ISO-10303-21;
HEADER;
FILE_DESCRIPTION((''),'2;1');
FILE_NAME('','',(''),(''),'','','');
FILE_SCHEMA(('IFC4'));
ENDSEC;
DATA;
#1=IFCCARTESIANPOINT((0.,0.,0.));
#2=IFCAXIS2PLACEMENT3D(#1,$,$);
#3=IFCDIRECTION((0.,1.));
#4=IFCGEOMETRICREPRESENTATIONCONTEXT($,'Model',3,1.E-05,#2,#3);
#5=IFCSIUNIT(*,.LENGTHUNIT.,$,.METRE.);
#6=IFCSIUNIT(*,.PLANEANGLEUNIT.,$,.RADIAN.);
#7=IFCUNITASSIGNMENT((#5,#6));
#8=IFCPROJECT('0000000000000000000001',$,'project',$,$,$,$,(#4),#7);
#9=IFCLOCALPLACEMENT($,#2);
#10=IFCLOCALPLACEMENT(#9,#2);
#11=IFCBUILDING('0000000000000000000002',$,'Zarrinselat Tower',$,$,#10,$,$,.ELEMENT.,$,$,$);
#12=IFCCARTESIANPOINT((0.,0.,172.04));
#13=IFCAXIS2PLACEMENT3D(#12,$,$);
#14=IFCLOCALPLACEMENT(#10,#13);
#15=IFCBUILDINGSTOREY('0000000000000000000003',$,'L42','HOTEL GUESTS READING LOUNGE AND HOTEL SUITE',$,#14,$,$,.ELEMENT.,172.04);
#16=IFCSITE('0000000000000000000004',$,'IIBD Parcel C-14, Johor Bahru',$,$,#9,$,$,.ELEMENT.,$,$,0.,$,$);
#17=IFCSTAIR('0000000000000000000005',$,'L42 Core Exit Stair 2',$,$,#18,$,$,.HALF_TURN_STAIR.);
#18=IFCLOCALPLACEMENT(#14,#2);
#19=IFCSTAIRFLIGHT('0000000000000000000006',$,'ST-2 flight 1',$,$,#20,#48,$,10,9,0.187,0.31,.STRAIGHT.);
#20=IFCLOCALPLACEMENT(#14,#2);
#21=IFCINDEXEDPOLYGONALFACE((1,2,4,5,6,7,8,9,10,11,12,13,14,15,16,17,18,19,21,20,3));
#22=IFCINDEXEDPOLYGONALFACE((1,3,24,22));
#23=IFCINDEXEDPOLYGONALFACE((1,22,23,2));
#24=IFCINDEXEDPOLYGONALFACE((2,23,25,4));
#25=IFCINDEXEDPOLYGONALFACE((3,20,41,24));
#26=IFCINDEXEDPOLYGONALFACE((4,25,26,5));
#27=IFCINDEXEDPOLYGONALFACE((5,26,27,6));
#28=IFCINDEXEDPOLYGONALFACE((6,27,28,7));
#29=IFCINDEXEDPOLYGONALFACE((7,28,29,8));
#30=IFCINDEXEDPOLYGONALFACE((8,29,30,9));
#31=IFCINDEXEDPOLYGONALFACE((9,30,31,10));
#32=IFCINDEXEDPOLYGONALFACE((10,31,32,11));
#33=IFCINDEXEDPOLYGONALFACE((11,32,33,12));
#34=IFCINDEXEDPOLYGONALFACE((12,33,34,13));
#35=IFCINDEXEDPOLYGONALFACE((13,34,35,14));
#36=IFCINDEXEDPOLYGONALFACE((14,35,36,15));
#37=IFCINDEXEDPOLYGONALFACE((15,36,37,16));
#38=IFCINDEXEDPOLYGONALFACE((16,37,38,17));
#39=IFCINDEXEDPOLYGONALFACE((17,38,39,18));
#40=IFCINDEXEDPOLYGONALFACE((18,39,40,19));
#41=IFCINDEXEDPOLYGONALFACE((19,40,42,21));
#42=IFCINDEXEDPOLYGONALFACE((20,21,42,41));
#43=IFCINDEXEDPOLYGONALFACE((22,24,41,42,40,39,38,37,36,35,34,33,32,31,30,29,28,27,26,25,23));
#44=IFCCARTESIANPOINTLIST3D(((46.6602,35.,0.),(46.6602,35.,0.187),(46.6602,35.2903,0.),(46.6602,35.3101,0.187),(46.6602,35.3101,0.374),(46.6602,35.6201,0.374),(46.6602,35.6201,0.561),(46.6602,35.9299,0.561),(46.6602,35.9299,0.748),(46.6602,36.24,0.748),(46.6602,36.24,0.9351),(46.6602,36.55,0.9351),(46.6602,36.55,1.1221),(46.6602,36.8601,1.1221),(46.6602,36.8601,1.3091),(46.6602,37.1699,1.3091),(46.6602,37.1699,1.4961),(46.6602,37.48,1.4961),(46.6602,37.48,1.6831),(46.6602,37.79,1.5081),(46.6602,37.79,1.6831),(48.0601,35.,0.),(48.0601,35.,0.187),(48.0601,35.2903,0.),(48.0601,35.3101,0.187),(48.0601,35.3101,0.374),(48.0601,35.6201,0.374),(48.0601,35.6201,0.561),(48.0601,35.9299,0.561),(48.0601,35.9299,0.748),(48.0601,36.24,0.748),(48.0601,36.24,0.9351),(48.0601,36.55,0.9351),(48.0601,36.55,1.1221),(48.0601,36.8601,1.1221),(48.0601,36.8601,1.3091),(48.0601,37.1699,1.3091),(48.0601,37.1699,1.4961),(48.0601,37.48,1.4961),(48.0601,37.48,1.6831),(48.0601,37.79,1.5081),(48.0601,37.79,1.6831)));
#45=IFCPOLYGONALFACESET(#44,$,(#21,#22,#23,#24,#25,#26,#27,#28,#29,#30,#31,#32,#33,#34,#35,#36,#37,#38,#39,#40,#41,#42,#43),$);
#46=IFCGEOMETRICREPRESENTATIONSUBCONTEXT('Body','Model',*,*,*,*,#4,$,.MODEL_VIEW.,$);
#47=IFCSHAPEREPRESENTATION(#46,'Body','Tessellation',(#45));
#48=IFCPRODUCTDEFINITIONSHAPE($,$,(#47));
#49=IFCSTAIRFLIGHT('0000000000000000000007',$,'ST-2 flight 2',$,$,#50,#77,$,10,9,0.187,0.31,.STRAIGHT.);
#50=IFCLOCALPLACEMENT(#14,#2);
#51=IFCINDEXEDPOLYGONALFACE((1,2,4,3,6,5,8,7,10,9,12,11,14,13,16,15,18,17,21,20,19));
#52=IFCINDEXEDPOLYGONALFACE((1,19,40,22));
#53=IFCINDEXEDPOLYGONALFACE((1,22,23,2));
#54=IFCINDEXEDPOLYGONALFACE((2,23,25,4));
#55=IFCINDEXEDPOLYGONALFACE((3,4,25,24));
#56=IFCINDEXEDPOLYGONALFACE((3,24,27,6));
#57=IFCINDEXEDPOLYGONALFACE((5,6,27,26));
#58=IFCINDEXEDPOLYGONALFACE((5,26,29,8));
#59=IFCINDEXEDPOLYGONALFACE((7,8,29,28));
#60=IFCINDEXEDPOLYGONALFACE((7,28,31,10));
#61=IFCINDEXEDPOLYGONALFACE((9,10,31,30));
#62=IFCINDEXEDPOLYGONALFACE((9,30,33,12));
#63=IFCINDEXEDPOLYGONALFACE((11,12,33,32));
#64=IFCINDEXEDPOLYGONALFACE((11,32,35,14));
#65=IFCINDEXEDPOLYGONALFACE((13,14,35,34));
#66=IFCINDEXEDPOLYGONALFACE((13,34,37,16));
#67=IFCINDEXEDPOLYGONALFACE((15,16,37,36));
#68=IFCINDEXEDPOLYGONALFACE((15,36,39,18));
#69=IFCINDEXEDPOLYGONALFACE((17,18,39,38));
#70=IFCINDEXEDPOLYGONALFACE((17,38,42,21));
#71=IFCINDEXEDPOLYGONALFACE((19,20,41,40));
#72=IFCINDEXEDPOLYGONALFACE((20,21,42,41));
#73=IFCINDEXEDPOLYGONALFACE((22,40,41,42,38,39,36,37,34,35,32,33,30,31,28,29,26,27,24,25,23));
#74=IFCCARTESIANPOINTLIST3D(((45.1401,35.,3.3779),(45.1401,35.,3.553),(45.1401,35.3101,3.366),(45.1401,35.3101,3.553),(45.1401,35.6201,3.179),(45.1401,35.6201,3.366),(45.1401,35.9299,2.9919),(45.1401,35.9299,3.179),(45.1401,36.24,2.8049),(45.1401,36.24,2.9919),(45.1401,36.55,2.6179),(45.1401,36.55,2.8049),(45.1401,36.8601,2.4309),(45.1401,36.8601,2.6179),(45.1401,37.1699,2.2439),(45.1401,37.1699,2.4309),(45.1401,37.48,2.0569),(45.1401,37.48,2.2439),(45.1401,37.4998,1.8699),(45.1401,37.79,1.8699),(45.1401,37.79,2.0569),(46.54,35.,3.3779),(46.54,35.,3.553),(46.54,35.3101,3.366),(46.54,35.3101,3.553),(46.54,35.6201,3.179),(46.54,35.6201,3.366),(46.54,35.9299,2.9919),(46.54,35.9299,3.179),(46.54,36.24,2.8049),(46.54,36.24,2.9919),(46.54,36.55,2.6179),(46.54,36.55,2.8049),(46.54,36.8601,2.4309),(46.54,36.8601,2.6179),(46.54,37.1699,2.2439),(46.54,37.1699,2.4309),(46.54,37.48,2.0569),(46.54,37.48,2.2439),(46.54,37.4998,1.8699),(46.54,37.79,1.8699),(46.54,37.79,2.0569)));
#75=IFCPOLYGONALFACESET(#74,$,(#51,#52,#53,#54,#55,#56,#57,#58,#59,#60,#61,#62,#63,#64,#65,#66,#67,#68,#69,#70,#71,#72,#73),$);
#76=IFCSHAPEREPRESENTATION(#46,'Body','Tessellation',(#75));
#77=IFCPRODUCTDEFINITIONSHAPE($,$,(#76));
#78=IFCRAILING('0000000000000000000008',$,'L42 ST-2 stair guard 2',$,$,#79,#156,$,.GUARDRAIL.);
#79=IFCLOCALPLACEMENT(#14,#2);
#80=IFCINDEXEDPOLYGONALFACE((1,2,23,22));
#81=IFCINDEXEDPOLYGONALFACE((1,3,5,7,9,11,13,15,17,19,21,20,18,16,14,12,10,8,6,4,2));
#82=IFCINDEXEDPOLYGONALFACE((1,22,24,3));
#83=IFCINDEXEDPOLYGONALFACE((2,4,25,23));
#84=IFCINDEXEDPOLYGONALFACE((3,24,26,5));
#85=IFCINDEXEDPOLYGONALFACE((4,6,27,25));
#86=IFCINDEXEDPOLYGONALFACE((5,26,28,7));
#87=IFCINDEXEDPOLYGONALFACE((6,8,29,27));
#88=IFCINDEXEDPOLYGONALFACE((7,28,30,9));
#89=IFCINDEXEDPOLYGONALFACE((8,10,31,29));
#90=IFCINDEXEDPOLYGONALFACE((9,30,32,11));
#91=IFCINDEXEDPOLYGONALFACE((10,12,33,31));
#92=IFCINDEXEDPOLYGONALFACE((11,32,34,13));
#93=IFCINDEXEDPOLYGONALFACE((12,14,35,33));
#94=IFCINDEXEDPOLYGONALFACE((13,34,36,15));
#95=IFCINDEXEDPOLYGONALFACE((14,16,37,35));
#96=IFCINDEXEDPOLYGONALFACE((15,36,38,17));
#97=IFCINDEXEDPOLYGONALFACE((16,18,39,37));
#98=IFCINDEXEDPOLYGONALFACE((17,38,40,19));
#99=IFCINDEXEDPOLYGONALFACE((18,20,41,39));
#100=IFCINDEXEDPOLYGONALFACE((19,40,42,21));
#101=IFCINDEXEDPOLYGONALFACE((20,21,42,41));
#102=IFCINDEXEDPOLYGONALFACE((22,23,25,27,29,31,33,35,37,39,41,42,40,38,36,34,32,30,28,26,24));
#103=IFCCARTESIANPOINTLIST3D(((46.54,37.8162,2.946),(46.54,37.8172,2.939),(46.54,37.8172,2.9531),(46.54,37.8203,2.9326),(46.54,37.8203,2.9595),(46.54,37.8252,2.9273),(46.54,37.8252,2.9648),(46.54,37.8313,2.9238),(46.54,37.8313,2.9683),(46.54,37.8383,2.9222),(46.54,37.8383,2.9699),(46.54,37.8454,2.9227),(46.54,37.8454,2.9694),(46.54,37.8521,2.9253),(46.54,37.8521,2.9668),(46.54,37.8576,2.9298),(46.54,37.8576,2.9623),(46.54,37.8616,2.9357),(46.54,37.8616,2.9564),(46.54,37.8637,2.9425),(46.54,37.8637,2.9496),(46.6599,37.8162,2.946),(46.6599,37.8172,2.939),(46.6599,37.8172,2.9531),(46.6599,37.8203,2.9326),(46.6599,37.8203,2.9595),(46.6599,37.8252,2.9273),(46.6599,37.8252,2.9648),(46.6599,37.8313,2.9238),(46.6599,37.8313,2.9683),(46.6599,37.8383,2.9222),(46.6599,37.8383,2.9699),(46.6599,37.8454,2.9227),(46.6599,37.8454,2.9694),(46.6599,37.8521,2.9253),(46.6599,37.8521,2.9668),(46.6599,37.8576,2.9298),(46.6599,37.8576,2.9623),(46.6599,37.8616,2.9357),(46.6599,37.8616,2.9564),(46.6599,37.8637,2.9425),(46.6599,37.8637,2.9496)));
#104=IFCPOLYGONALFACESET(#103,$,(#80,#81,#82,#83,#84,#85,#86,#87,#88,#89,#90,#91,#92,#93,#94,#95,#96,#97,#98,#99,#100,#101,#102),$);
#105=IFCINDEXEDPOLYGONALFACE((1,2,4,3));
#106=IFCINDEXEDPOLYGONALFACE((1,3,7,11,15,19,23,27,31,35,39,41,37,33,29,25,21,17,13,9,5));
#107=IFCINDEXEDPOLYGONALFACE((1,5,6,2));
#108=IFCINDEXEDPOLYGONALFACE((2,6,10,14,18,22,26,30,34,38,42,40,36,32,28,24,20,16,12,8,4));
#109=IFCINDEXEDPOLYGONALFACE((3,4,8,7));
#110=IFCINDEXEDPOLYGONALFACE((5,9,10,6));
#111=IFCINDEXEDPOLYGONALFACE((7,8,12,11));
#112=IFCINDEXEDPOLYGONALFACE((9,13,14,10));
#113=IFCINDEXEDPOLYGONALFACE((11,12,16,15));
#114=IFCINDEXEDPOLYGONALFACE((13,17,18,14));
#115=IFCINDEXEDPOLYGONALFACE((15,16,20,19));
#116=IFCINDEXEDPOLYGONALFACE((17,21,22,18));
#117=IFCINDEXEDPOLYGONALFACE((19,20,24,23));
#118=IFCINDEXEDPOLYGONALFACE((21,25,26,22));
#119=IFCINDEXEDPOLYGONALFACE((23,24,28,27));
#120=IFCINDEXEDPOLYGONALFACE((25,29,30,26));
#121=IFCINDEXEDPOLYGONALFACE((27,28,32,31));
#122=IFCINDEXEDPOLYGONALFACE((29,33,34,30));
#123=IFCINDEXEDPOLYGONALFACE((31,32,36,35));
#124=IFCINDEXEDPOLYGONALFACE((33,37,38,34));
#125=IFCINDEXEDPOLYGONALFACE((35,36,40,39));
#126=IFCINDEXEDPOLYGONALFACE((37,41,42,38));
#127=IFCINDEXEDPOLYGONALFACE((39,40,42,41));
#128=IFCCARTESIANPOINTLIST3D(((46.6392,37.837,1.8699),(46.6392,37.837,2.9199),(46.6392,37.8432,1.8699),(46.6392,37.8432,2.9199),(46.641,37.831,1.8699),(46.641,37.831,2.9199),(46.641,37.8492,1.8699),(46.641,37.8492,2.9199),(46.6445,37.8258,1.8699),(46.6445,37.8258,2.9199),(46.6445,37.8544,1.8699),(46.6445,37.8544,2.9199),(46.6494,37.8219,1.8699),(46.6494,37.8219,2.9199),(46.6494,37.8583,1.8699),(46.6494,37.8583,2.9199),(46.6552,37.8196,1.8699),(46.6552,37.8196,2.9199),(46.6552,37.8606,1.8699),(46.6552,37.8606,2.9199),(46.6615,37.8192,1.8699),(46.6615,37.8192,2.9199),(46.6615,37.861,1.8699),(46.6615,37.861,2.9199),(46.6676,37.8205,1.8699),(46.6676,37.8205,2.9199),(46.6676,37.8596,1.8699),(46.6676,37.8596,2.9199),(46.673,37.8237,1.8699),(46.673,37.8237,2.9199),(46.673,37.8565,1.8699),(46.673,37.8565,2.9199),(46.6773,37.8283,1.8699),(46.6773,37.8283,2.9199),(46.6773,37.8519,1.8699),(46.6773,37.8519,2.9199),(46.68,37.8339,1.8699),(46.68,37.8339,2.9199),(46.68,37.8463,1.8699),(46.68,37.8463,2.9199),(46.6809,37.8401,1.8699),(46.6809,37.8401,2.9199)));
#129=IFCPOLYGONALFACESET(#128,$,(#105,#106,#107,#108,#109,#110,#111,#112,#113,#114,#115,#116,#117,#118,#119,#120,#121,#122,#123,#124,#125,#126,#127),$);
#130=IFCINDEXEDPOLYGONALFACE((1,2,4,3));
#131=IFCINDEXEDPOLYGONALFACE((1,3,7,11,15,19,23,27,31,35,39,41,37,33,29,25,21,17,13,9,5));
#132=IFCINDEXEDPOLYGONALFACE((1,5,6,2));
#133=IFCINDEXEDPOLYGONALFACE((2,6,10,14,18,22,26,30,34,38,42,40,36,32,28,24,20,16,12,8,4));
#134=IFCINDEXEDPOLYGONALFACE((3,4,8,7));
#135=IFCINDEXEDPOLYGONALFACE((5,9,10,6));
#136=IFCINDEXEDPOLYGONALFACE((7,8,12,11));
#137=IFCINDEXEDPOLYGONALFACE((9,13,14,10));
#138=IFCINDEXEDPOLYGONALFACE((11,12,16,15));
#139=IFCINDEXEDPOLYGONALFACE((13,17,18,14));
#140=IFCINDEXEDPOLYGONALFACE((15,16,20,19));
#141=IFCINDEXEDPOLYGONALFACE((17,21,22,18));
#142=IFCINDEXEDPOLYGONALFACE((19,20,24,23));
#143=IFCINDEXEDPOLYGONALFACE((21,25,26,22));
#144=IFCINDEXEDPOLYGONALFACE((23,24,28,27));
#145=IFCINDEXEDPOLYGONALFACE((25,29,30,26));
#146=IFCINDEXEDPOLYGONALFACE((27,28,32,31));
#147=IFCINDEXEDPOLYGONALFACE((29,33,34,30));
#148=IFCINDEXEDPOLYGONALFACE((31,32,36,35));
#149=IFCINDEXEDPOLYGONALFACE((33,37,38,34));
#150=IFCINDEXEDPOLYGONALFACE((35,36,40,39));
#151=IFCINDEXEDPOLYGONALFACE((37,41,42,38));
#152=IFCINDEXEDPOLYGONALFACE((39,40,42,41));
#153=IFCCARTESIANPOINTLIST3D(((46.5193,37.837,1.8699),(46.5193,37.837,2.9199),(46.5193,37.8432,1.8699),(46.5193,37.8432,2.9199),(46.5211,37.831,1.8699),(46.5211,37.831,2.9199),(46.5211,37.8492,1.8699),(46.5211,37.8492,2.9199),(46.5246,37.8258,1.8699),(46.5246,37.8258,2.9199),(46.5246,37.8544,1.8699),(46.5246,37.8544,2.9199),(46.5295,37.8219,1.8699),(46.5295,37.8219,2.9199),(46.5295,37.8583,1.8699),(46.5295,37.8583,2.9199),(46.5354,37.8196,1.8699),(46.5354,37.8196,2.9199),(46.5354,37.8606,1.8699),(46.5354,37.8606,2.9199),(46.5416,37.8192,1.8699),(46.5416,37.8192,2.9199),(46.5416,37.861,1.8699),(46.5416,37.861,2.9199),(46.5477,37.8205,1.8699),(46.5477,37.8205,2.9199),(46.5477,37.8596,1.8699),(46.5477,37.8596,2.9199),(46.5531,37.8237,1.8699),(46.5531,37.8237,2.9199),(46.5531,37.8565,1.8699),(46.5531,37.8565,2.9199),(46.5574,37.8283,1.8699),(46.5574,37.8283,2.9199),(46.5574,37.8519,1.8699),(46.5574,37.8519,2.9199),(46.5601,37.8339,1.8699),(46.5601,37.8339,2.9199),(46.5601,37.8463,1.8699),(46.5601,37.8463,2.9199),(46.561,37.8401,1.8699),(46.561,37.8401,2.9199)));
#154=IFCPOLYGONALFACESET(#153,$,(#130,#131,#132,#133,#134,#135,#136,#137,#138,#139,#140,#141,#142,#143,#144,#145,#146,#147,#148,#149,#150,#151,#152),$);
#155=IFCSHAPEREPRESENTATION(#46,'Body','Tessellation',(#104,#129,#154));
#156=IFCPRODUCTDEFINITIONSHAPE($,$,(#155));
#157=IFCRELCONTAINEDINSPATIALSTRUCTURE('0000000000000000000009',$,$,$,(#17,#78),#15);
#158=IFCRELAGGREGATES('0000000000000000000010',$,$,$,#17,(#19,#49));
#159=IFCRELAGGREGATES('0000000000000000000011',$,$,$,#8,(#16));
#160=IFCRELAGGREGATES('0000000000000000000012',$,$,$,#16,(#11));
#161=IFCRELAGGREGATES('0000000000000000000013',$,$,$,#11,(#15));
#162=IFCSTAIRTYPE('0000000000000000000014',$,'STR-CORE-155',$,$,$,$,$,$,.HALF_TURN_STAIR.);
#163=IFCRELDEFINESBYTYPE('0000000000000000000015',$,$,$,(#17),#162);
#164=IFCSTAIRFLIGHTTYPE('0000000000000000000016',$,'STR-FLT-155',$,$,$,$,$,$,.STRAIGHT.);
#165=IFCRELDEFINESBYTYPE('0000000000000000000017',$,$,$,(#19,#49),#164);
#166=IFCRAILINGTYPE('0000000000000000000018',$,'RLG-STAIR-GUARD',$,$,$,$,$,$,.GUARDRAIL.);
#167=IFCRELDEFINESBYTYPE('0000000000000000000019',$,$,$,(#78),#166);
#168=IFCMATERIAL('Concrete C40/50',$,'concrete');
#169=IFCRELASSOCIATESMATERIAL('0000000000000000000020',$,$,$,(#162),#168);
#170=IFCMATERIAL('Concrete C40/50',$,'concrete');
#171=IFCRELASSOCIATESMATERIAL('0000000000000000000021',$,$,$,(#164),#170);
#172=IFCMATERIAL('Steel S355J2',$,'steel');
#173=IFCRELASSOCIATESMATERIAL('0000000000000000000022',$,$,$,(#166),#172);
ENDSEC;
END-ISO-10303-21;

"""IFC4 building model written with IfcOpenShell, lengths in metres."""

from ifc_helpers import new_model, si_unit, direction, frame, origin, origin_2d, place, context, subcontext, project, spatial, polyline, circle, outline, extrude, material, type_object, element, aggregate, save


model = new_model("IFC4")

# Units and contexts
model_context = context("Model", 3, precision=1e-05, world=origin(), true_north=direction((0.0, 1.0)))
body_context = subcontext(model_context, "Body", "Model", "MODEL_VIEW")
ifc_project = project(units=[si_unit("LENGTHUNIT", "METRE"), si_unit("PLANEANGLEUNIT", "RADIAN")], contexts=[model_context])

# Site, building, storey
site_placement = place(None, origin())
site = spatial("IfcSite", under=ifc_project, at=site_placement, Name="IIBD Parcel C-14, Johor Bahru", CompositionType="ELEMENT", RefElevation=0.0)
building_placement = place(site_placement, origin())
building = spatial("IfcBuilding", under=site, at=building_placement, Name="Zarrinselat Tower", CompositionType="ELEMENT")
storey_placement = place(building_placement, frame((0.0, 0.0, 172.04)))
storey = spatial("IfcBuildingStorey", under=building, at=storey_placement, Name="L42", Description="HOTEL GUESTS READING LOUNGE AND HOTEL SUITE", CompositionType="ELEMENT", Elevation=172.04)

# Stair, stair flights
ifc_material_1 = material(Name="Concrete C40/50", Category="concrete")
stair_type = type_object("IfcStairType", Name="STR-CORE-155", PredefinedType="HALF_TURN_STAIR", material=ifc_material_1)
stair_placement = place(storey_placement, origin())
stair = element("IfcStair", 1, at=stair_placement, inside=storey, type_object=stair_type, Name="L42 Core Exit Stair 2", PredefinedType="HALF_TURN_STAIR")
ifc_material_2 = material(Name="Concrete C40/50", Category="concrete")
stair_flight_type = type_object("IfcStairFlightType", Name="STR-FLT-155", PredefinedType="STRAIGHT", material=ifc_material_2)
stair_flight_1_placement = place(storey_placement, frame((47.3601, 35.0, 0.0), z_axis=(0.0, 0.0, 1.0), x_axis=(0.0, 1.0, 0.0)))
stair_flight_1 = element("IfcStairFlight", 2, at=stair_flight_1_placement, type_object=stair_flight_type, Name="ST-2 flight 1", NumberOfRisers=10, NumberOfTreads=9, PredefinedType="STRAIGHT", RiserHeight=0.187, TreadLength=0.31, context=body_context, shape_type="SweptSolid", body=[
    extrude(outline(polyline([(0.0, 0.0), (0.0, 0.187), (0.3101, 0.187), (0.3101, 0.374), (0.6201, 0.374), (0.6201, 0.561), (0.9299, 0.561), (0.9299, 0.748), (1.24, 0.748), (1.24, 0.9351), (1.55, 0.9351), (1.55, 1.1221), (1.8601, 1.1221), (1.8601, 1.3091), (2.1699, 1.3091), (2.1699, 1.4961), (2.48, 1.4961), (2.48, 1.6831), (2.79, 1.6831), (2.79, 1.8701), (2.79, 1.5081), (0.2903, 0.0), (0.0, 0.0)])), frame((0.0, 0.7, 0.0), z_axis=(0.0, -1.0, 0.0), x_axis=(1.0, 0.0, 0.0)), (0.0, 0.0, 1.0), 1.3999),
])
stair_flight_2_placement = place(storey_placement, frame((45.8401, 37.79, 1.8699), z_axis=(0.0, 0.0, 1.0), x_axis=(0.0, -1.0, 0.0)))
stair_flight_2 = element("IfcStairFlight", 3, at=stair_flight_2_placement, type_object=stair_flight_type, Name="ST-2 flight 2", NumberOfRisers=10, NumberOfTreads=9, PredefinedType="STRAIGHT", RiserHeight=0.187, TreadLength=0.31, context=body_context, shape_type="SweptSolid", body=[
    extrude(outline(polyline([(0.0, 0.0), (0.0, 0.187), (0.3101, 0.187), (0.3101, 0.374), (0.6201, 0.374), (0.6201, 0.561), (0.9299, 0.561), (0.9299, 0.748), (1.24, 0.748), (1.24, 0.9351), (1.55, 0.9351), (1.55, 1.1221), (1.8601, 1.1221), (1.8601, 1.3091), (2.1699, 1.3091), (2.1699, 1.4961), (2.48, 1.4961), (2.48, 1.6831), (2.79, 1.6831), (2.79, 1.8701), (2.79, 1.5081), (0.2903, 0.0), (0.0, 0.0)])), frame((0.0, 0.7, 0.0), z_axis=(0.0, -1.0, 0.0), x_axis=(1.0, 0.0, 0.0)), (0.0, 0.0, 1.0), 1.3999),
])
aggregate(stair, [stair_flight_1, stair_flight_2])

# Railing
ifc_material_3 = material(Name="Steel S355J2", Category="steel")
railing_type_1 = type_object("IfcRailingType", Name="RLG-STAIR-GUARD", PredefinedType="GUARDRAIL", material=ifc_material_3)
railing_1_placement = place(storey_placement, frame((46.6599, 37.8401, 1.8699)))
element("IfcRailing", 4, at=railing_1_placement, inside=storey, type_object=railing_type_1, Name="L42 ST-2 stair guard 2", PredefinedType="GUARDRAIL", context=body_context, shape_type="SweptSolid", body=[
    extrude(circle(Radius=0.0239, at=origin_2d()), frame((0.0, 0.0, 1.0762), z_axis=(-1.0, 0.0, 0.0), x_axis=(0.0, -1.0, 0.0)), (0.0, 0.0, 1.0), 0.1199),
    extrude(circle(Radius=0.021, at=origin_2d()), origin(), (0.0, 0.0, 1.0), 1.05),
    extrude(circle(Radius=0.021, at=origin_2d()), frame((-0.1199, 0.0, 0.0)), (0.0, 0.0, 1.0), 1.05),
])

save(model, "model.ifc")
